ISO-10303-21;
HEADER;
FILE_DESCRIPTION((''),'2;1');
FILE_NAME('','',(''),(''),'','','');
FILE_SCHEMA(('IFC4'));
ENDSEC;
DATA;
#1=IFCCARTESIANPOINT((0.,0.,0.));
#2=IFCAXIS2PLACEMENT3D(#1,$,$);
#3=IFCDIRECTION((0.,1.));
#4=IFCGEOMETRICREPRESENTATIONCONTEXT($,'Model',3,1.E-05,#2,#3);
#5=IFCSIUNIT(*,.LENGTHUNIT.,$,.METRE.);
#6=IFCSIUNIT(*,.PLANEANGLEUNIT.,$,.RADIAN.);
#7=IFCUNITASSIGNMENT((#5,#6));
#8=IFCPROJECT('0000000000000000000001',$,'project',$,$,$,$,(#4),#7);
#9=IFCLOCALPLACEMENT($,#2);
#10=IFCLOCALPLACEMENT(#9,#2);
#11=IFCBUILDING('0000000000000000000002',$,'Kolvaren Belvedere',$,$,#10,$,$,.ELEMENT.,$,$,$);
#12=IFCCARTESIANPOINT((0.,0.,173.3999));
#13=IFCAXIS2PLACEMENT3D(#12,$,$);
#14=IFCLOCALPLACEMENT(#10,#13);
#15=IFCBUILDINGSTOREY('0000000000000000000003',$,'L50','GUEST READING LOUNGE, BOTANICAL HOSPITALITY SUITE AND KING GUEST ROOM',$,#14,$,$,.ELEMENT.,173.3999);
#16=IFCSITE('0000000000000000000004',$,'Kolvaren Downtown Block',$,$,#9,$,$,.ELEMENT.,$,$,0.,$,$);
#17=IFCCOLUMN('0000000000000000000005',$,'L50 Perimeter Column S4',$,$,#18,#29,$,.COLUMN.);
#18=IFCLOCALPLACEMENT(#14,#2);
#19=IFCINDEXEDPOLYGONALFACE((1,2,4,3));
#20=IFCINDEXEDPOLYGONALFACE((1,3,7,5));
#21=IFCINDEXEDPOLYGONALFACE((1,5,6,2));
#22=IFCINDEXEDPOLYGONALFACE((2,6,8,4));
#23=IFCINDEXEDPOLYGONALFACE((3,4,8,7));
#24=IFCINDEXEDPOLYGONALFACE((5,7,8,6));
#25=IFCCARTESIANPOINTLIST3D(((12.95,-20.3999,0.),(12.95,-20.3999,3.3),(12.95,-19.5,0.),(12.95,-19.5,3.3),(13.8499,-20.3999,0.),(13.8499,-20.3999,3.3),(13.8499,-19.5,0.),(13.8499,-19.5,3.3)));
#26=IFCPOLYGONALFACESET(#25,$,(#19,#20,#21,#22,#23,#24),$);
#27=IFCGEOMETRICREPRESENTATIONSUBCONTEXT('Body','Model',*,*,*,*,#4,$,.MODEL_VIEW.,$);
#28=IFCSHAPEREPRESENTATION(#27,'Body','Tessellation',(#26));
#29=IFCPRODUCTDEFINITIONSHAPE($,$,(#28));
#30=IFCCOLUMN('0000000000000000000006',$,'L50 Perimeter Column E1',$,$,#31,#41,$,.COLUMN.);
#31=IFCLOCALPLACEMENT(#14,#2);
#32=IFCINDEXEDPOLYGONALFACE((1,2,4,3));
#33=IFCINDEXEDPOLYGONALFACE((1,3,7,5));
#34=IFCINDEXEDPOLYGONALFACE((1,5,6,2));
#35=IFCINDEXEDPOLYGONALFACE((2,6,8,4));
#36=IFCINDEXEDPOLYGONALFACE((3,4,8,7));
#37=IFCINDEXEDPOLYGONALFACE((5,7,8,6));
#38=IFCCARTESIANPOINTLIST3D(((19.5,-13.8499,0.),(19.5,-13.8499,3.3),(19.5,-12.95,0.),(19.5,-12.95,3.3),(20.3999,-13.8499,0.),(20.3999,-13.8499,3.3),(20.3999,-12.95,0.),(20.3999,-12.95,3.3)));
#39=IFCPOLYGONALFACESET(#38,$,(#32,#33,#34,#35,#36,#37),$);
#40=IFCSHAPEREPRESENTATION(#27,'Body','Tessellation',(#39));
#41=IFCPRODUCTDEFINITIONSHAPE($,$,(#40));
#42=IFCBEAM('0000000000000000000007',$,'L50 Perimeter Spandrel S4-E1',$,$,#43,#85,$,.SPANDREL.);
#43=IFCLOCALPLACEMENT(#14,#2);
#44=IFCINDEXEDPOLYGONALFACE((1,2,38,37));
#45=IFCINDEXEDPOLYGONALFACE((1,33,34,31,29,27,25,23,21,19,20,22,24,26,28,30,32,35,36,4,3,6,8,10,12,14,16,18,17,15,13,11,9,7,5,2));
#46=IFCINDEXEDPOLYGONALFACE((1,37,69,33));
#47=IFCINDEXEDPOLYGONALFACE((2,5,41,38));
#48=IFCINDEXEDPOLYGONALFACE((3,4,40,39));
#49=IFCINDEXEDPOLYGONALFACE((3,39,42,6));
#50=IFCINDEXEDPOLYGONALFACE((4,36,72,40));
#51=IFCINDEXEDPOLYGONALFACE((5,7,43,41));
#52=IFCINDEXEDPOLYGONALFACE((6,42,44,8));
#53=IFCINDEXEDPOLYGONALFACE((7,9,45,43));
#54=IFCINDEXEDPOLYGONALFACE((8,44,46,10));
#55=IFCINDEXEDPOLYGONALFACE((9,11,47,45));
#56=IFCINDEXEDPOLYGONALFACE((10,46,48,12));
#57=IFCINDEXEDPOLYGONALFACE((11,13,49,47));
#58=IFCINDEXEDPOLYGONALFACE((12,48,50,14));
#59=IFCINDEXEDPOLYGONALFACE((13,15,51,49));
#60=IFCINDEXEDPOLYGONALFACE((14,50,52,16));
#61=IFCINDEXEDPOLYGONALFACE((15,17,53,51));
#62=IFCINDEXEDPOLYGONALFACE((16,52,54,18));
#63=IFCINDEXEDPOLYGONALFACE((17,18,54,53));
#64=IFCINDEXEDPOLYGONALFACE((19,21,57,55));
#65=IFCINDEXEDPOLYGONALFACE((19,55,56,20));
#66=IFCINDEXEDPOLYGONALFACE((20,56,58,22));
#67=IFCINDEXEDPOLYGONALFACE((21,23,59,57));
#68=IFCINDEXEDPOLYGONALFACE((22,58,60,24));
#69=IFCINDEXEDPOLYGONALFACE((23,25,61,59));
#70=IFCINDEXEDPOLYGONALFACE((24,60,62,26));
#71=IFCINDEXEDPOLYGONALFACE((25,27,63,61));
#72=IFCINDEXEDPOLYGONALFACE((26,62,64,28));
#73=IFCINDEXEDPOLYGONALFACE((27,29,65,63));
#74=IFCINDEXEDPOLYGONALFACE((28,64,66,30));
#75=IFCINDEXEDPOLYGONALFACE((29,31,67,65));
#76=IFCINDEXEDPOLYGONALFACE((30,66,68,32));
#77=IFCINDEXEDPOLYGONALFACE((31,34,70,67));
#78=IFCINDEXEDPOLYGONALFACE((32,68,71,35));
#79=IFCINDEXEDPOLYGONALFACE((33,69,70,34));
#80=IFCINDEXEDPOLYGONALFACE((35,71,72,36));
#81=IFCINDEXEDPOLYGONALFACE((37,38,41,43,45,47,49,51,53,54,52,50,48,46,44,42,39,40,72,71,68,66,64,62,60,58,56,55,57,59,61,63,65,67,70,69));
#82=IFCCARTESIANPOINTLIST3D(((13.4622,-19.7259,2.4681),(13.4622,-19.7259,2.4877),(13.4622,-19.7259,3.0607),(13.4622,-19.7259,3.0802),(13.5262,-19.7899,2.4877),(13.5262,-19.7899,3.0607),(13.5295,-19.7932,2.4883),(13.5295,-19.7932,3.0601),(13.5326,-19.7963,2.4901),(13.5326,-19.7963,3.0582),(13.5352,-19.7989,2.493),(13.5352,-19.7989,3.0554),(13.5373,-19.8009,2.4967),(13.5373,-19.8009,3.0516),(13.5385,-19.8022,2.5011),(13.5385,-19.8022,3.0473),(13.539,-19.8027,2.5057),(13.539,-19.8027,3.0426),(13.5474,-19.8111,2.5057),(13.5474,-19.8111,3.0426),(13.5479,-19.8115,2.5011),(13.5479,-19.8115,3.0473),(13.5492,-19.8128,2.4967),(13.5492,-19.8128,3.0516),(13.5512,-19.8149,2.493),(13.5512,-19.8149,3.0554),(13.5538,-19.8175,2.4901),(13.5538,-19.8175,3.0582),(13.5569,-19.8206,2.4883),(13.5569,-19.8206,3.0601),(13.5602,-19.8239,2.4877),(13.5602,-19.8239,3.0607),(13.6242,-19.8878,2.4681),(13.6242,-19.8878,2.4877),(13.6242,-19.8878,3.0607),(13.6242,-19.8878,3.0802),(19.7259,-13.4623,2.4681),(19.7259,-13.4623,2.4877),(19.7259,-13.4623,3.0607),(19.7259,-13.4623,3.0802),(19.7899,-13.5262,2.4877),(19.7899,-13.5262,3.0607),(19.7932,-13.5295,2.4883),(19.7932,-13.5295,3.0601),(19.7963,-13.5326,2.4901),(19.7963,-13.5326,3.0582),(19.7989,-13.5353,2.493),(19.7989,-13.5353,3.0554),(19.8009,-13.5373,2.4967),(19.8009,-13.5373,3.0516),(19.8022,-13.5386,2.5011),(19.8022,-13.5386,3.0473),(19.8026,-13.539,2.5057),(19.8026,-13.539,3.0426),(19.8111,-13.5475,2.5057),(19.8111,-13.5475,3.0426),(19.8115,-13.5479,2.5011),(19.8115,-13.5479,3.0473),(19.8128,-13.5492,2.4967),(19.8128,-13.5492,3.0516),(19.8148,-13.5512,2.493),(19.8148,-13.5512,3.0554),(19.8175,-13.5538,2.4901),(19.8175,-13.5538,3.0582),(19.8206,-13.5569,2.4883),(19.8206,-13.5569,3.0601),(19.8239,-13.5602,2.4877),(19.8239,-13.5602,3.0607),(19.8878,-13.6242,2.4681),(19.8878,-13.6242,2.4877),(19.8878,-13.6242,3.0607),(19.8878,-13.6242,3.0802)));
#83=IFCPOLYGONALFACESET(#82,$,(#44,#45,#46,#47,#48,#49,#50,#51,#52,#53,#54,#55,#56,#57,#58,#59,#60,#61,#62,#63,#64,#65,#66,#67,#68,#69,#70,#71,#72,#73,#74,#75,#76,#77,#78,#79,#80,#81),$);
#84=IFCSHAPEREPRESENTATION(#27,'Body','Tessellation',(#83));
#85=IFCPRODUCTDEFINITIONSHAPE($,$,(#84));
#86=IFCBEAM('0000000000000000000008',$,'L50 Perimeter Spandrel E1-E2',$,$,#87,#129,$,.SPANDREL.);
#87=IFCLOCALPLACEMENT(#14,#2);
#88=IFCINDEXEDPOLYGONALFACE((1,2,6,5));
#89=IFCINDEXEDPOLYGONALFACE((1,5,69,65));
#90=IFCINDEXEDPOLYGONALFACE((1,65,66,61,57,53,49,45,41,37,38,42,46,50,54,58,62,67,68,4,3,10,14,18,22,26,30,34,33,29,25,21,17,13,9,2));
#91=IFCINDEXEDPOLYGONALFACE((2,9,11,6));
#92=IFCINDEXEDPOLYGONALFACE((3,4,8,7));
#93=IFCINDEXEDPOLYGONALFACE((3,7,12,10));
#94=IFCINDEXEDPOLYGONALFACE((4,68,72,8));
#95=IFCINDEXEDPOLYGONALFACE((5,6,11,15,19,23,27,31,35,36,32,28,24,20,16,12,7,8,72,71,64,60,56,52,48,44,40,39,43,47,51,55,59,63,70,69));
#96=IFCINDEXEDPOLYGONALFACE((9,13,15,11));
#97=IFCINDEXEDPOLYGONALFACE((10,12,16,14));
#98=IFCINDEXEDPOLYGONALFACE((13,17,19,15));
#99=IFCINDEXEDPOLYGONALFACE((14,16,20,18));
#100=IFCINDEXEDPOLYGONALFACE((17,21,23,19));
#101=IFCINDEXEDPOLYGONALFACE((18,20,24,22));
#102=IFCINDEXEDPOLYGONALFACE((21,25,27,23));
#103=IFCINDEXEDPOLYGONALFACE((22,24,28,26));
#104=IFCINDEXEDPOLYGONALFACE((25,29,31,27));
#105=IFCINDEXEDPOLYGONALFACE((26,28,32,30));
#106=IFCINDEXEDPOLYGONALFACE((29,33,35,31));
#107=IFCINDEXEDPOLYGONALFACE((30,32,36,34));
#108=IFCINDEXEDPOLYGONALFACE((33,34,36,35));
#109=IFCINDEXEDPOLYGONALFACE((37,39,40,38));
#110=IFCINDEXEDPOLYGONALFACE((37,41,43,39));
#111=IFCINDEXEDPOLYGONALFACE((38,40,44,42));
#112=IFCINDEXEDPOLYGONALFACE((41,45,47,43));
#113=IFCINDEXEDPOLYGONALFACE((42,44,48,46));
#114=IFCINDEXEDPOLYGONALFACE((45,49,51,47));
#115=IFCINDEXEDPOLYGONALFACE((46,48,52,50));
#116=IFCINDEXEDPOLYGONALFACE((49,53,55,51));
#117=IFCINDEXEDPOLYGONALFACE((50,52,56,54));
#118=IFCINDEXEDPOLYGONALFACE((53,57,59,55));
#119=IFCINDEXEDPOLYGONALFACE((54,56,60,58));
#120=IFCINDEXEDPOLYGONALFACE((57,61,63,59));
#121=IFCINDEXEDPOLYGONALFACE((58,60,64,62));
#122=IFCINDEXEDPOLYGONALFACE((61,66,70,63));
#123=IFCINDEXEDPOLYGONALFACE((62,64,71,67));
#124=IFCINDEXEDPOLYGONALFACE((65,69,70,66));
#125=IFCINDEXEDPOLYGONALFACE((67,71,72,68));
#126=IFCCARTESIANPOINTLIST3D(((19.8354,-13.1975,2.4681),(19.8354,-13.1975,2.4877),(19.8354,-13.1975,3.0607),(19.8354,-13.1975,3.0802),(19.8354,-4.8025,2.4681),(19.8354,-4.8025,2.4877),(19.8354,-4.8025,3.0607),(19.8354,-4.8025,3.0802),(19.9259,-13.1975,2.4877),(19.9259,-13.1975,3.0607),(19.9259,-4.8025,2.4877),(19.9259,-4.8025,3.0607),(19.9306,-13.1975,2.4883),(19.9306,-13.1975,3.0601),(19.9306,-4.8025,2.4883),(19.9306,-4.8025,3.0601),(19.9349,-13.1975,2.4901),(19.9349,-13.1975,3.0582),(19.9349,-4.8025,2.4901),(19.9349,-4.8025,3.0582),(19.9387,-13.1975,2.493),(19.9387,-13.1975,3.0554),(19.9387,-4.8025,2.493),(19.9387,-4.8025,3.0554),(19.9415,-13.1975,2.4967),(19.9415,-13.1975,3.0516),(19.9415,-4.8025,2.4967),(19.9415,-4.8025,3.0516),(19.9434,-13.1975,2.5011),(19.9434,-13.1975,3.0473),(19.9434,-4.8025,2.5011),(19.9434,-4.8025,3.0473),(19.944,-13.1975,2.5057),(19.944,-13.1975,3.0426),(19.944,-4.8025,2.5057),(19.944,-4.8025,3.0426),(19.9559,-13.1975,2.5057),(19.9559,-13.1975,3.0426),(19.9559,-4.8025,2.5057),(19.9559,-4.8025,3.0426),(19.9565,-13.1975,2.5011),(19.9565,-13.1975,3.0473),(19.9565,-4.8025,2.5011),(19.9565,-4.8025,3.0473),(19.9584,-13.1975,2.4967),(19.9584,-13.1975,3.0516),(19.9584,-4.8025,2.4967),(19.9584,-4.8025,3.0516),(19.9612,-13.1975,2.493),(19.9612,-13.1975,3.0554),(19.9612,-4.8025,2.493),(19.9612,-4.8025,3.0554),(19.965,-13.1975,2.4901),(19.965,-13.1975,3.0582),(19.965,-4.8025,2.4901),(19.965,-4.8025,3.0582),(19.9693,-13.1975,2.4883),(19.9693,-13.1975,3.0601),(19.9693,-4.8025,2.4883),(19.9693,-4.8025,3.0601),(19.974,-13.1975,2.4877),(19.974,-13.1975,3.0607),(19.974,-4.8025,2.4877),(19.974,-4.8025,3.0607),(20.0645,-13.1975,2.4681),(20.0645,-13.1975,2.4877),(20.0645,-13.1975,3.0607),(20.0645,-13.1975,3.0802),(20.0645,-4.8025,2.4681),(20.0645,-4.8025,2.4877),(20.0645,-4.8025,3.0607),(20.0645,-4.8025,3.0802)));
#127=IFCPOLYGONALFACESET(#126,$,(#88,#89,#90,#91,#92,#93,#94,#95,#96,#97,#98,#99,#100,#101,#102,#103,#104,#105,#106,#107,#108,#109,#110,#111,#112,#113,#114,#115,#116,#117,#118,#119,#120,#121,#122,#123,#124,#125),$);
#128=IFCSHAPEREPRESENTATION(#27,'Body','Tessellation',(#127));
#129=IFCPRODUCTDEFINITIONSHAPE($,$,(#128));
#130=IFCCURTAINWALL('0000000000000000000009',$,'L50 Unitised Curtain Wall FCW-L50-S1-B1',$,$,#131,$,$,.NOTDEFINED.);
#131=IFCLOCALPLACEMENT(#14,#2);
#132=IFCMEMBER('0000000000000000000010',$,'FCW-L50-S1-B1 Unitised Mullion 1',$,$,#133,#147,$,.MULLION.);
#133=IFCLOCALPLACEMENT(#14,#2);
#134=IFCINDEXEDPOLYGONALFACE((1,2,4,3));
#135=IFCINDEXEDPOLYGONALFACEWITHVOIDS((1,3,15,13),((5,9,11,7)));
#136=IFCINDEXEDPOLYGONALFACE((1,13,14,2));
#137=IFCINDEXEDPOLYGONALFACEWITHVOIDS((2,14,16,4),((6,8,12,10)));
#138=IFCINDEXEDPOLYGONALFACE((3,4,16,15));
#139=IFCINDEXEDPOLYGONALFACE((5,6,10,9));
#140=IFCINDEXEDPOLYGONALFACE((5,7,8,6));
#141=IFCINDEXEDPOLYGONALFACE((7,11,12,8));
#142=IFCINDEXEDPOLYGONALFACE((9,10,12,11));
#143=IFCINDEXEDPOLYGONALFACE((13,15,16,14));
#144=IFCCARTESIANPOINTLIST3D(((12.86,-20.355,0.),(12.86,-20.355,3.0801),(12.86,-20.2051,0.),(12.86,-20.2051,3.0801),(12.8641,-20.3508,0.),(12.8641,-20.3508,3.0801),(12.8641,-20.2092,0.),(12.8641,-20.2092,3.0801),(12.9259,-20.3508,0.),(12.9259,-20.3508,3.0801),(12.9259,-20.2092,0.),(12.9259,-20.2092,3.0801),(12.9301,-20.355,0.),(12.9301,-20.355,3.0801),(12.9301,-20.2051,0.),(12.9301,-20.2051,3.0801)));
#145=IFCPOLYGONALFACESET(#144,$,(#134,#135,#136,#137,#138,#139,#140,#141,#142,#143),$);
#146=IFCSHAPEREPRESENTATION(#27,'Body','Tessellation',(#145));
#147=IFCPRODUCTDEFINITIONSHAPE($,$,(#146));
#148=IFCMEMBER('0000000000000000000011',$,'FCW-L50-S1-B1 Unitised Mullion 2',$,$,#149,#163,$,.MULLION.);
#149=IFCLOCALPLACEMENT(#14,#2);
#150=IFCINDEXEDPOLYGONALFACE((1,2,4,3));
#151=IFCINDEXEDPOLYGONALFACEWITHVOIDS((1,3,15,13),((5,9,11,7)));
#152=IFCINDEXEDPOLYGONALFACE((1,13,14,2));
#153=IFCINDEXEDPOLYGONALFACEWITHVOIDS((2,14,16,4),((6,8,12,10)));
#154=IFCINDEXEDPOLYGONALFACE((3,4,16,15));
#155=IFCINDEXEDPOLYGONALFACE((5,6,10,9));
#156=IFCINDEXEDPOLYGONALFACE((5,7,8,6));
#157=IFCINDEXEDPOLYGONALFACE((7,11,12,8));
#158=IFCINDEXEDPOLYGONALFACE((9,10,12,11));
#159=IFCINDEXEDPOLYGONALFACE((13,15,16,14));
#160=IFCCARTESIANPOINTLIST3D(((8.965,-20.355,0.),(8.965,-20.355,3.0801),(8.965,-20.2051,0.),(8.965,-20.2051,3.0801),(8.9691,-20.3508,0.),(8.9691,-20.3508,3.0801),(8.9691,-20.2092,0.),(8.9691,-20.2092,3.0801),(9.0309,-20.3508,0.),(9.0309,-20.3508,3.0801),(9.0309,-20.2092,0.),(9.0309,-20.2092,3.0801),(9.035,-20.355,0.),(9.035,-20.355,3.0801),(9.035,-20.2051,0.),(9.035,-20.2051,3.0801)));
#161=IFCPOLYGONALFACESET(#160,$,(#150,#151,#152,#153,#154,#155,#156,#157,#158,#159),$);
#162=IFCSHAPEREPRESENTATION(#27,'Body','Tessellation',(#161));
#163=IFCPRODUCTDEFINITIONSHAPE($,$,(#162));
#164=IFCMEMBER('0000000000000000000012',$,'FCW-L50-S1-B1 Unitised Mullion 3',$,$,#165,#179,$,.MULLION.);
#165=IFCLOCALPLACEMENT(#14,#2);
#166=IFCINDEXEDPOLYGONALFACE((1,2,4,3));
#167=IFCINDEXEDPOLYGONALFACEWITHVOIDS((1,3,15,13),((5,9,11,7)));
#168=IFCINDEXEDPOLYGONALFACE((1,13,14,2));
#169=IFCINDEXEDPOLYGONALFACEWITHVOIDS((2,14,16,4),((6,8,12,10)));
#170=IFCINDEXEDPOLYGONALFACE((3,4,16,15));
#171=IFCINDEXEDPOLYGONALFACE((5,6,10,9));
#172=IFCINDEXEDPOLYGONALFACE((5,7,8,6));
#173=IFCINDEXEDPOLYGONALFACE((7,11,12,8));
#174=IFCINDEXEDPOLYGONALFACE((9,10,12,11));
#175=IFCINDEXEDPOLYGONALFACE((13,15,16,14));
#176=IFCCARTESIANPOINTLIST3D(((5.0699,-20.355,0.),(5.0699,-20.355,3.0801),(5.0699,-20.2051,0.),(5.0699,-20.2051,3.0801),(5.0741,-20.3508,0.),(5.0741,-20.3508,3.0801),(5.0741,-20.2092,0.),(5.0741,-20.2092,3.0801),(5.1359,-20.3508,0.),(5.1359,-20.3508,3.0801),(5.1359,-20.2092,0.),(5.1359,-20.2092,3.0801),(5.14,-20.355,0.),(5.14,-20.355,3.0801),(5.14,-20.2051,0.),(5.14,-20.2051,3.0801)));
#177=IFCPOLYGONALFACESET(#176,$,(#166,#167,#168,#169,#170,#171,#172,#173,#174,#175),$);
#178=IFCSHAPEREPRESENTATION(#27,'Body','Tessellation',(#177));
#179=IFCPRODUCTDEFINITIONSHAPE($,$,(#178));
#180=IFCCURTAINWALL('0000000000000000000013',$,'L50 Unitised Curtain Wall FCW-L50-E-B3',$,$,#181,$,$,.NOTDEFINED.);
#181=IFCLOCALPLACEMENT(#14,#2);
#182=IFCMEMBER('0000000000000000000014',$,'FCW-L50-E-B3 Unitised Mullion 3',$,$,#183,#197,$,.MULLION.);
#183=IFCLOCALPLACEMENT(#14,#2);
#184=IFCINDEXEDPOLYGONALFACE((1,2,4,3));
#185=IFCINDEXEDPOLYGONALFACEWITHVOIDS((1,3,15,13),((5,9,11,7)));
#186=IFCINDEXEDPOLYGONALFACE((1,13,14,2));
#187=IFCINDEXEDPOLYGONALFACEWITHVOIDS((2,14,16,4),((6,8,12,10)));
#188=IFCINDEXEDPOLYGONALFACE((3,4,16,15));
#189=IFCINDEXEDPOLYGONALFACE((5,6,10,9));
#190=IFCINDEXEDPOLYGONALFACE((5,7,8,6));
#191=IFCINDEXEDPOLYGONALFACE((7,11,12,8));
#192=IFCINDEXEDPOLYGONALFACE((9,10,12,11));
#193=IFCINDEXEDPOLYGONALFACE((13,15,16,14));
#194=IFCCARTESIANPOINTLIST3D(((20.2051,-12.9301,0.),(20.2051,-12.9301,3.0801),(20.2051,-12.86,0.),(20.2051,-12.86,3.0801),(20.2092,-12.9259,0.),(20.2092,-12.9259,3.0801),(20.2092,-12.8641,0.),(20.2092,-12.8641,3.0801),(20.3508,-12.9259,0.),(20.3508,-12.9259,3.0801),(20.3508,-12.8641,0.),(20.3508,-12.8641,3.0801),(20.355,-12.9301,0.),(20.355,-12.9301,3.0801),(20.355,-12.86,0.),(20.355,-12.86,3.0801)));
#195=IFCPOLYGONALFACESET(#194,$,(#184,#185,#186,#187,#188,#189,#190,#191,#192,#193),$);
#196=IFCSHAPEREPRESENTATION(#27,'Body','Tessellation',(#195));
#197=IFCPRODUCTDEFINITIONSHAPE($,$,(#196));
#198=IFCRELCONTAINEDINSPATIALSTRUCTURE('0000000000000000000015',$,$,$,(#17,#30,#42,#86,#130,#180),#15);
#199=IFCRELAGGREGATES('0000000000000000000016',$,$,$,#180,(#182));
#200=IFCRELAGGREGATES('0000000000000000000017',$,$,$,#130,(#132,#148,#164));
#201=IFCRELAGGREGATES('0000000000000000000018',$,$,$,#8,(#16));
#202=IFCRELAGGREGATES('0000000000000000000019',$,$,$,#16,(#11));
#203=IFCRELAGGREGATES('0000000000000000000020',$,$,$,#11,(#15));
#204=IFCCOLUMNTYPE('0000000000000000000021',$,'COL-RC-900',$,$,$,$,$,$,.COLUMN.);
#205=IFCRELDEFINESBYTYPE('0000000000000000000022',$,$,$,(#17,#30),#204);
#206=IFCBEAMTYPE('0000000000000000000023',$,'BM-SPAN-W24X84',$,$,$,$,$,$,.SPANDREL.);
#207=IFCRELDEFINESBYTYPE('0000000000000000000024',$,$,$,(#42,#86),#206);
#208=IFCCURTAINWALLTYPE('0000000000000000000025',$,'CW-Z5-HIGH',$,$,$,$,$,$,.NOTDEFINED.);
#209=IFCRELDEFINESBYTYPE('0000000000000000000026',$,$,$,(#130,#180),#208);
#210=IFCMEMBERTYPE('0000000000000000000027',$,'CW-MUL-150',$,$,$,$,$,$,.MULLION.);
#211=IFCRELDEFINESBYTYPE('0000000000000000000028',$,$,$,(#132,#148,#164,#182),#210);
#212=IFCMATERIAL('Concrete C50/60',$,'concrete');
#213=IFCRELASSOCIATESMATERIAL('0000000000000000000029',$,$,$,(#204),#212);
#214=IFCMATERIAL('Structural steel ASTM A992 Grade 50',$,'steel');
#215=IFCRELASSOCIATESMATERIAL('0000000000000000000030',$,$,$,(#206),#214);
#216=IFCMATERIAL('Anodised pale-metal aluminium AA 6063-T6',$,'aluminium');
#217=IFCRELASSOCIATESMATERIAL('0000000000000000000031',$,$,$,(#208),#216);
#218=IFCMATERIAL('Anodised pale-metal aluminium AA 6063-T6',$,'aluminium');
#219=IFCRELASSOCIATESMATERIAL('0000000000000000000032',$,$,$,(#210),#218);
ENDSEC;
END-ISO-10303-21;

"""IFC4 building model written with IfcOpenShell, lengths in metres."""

from ifc_helpers import new_model, si_unit, direction, frame, origin, origin_2d, place, context, subcontext, project, spatial, rectangle, hollow_rectangle, i_section, extrude, material, material_profile, profile_set, type_object, element, aggregate, save


model = new_model("IFC4")

# Units and contexts
model_context = context("Model", 3, precision=1e-05, world=origin(), true_north=direction((0.0, 1.0)))
body_context = subcontext(model_context, "Body", "Model", "MODEL_VIEW")
ifc_project = project(units=[si_unit("LENGTHUNIT", "METRE"), si_unit("PLANEANGLEUNIT", "RADIAN")], contexts=[model_context])

# Site, building, storey
site_placement = place(None, origin())
site = spatial("IfcSite", under=ifc_project, at=site_placement, Name="Kolvaren Downtown Block", CompositionType="ELEMENT", RefElevation=0.0)
building_placement = place(site_placement, origin())
building = spatial("IfcBuilding", under=site, at=building_placement, Name="Kolvaren Belvedere", CompositionType="ELEMENT")
storey_placement = place(building_placement, frame((0.0, 0.0, 173.3999)))
storey = spatial("IfcBuildingStorey", under=building, at=storey_placement, Name="L50", Description="GUEST READING LOUNGE, BOTANICAL HOSPITALITY SUITE AND KING GUEST ROOM", CompositionType="ELEMENT", Elevation=173.3999)

# Columns
ifc_material_1 = material(Name="Concrete C50/60", Category="concrete")
ifc_material_profile_1 = material_profile(ifc_material_1, rectangle(XDim=0.8999, YDim=0.8999, at=origin_2d()), Name="RC 900X900")
ifc_profile_set_1 = profile_set([ifc_material_profile_1], Name="Concrete C50/60")
column_type = type_object("IfcColumnType", Name="COL-RC-900", PredefinedType="COLUMN", material=ifc_profile_set_1)
for number, where, z_axis, x_axis, name in (
    (1, (13.3999, -19.95, 0.0), (0.0, 0.0, 1.0), (1.0, 0.0, 0.0), "L50 Perimeter Column S4"),
    (2, (19.95, -13.3999, 0.0), (0.0, 0.0, 1.0), (1.0, 0.0, 0.0), "L50 Perimeter Column E1"),
):
    element("IfcColumn", number, at=place(storey_placement, frame(where, z_axis=z_axis, x_axis=x_axis)), inside=storey, type_object=column_type, Name=name, PredefinedType="COLUMN", context=body_context, shape_type="SweptSolid", body=[
        extrude(rectangle(XDim=0.8999, YDim=0.8999, at=origin_2d()), origin(), (0.0, 0.0, 1.0), 3.3),
    ])

# Beams
ifc_material_2 = material(Name="Structural steel ASTM A992 Grade 50", Category="steel")
ifc_material_profile_2 = material_profile(ifc_material_2, i_section(OverallWidth=0.229, OverallDepth=0.6121, WebThickness=0.012, FlangeThickness=0.0195, FilletRadius=0.0181, at=origin_2d()), Name="W24X84")
ifc_profile_set_2 = profile_set([ifc_material_profile_2], Name="Structural steel ASTM A992 Grade 50")
beam_type = type_object("IfcBeamType", Name="BM-SPAN-W24X84", PredefinedType="SPANDREL", material=ifc_profile_set_2)
beam_1_placement = place(storey_placement, frame((13.5432, -19.8069, 2.7742), z_axis=(0.707107, 0.707107, 0.0), x_axis=(-0.707107, 0.707107, 0.0)))
element("IfcBeam", 3, at=beam_1_placement, inside=storey, type_object=beam_type, Name="L50 Perimeter Spandrel S4-E1", PredefinedType="SPANDREL", context=body_context, shape_type="SweptSolid", body=[
    extrude(i_section(OverallWidth=0.229, OverallDepth=0.6121, WebThickness=0.012, FlangeThickness=0.0195, FilletRadius=0.0181, at=origin_2d()), origin(), (0.0, 0.0, 1.0), 8.8582),
])
beam_2_placement = place(storey_placement, frame((19.95, -13.1975, 2.7742), z_axis=(0.0, 1.0, 0.0), x_axis=(-1.0, 0.0, 0.0)))
element("IfcBeam", 4, at=beam_2_placement, inside=storey, type_object=beam_type, Name="L50 Perimeter Spandrel E1-E2", PredefinedType="SPANDREL", context=body_context, shape_type="SweptSolid", body=[
    extrude(i_section(OverallWidth=0.229, OverallDepth=0.6121, WebThickness=0.012, FlangeThickness=0.0195, FilletRadius=0.0181, at=origin_2d()), origin(), (0.0, 0.0, 1.0), 8.395),
])

# Curtain wall, members
ifc_material_3 = material(Name="Anodised pale-metal aluminium AA 6063-T6", Category="aluminium")
curtain_wall_type = type_object("IfcCurtainWallType", Name="CW-Z5-HIGH", PredefinedType="NOTDEFINED", material=ifc_material_3)
curtain_wall_1_placement = place(storey_placement, origin())
curtain_wall_1 = element("IfcCurtainWall", 5, at=curtain_wall_1_placement, inside=storey, type_object=curtain_wall_type, Name="L50 Unitised Curtain Wall FCW-L50-S1-B1", PredefinedType="NOTDEFINED")
ifc_material_4 = material(Name="Anodised pale-metal aluminium AA 6063-T6", Category="aluminium")
ifc_material_profile_3 = material_profile(ifc_material_4, hollow_rectangle(XDim=0.0701, YDim=0.1499, WallThickness=0.0042, at=origin_2d()), Name="ALU-MUL-150X70")
ifc_profile_set_3 = profile_set([ifc_material_profile_3], Name="Anodised pale-metal aluminium AA 6063-T6")
member_type_1 = type_object("IfcMemberType", Name="CW-MUL-150", PredefinedType="MULLION", material=ifc_profile_set_3)
member_1_placement = place(storey_placement, frame((12.895, -20.28, 0.0), z_axis=(0.0, 0.0, 1.0), x_axis=(1.0, 0.0, 0.0)))
member_1 = element("IfcMember", 6, at=member_1_placement, type_object=member_type_1, Name="FCW-L50-S1-B1 Unitised Mullion 1", PredefinedType="MULLION", context=body_context, shape_type="SweptSolid", body=[
    extrude(hollow_rectangle(XDim=0.0701, YDim=0.1499, WallThickness=0.0042, at=origin_2d()), origin(), (0.0, 0.0, 1.0), 3.0801),
])
member_2_placement = place(storey_placement, frame((9.0, -20.28, 0.0), z_axis=(0.0, 0.0, 1.0), x_axis=(1.0, 0.0, 0.0)))
member_2 = element("IfcMember", 7, at=member_2_placement, type_object=member_type_1, Name="FCW-L50-S1-B1 Unitised Mullion 2", PredefinedType="MULLION", context=body_context, shape_type="SweptSolid", body=[
    extrude(hollow_rectangle(XDim=0.0701, YDim=0.1499, WallThickness=0.0042, at=origin_2d()), origin(), (0.0, 0.0, 1.0), 3.0801),
])
member_3_placement = place(storey_placement, frame((5.105, -20.28, 0.0), z_axis=(0.0, 0.0, 1.0), x_axis=(1.0, 0.0, 0.0)))
member_3 = element("IfcMember", 8, at=member_3_placement, type_object=member_type_1, Name="FCW-L50-S1-B1 Unitised Mullion 3", PredefinedType="MULLION", context=body_context, shape_type="SweptSolid", body=[
    extrude(hollow_rectangle(XDim=0.0701, YDim=0.1499, WallThickness=0.0042, at=origin_2d()), origin(), (0.0, 0.0, 1.0), 3.0801),
])

# Curtain wall, member
curtain_wall_2_placement = place(storey_placement, origin())
curtain_wall_2 = element("IfcCurtainWall", 9, at=curtain_wall_2_placement, inside=storey, type_object=curtain_wall_type, Name="L50 Unitised Curtain Wall FCW-L50-E-B3", PredefinedType="NOTDEFINED")
member_4_placement = place(storey_placement, frame((20.28, -12.895, 0.0), z_axis=(0.0, 0.0, 1.0), x_axis=(0.0, 1.0, 0.0)))
member_4 = element("IfcMember", 10, at=member_4_placement, type_object=member_type_1, Name="FCW-L50-E-B3 Unitised Mullion 3", PredefinedType="MULLION", context=body_context, shape_type="SweptSolid", body=[
    extrude(hollow_rectangle(XDim=0.0701, YDim=0.1499, WallThickness=0.0042, at=origin_2d()), origin(), (0.0, 0.0, 1.0), 3.0801),
])
aggregate(curtain_wall_2, [member_4])

aggregate(curtain_wall_1, [member_1, member_2, member_3])

save(model, "model.ifc")
